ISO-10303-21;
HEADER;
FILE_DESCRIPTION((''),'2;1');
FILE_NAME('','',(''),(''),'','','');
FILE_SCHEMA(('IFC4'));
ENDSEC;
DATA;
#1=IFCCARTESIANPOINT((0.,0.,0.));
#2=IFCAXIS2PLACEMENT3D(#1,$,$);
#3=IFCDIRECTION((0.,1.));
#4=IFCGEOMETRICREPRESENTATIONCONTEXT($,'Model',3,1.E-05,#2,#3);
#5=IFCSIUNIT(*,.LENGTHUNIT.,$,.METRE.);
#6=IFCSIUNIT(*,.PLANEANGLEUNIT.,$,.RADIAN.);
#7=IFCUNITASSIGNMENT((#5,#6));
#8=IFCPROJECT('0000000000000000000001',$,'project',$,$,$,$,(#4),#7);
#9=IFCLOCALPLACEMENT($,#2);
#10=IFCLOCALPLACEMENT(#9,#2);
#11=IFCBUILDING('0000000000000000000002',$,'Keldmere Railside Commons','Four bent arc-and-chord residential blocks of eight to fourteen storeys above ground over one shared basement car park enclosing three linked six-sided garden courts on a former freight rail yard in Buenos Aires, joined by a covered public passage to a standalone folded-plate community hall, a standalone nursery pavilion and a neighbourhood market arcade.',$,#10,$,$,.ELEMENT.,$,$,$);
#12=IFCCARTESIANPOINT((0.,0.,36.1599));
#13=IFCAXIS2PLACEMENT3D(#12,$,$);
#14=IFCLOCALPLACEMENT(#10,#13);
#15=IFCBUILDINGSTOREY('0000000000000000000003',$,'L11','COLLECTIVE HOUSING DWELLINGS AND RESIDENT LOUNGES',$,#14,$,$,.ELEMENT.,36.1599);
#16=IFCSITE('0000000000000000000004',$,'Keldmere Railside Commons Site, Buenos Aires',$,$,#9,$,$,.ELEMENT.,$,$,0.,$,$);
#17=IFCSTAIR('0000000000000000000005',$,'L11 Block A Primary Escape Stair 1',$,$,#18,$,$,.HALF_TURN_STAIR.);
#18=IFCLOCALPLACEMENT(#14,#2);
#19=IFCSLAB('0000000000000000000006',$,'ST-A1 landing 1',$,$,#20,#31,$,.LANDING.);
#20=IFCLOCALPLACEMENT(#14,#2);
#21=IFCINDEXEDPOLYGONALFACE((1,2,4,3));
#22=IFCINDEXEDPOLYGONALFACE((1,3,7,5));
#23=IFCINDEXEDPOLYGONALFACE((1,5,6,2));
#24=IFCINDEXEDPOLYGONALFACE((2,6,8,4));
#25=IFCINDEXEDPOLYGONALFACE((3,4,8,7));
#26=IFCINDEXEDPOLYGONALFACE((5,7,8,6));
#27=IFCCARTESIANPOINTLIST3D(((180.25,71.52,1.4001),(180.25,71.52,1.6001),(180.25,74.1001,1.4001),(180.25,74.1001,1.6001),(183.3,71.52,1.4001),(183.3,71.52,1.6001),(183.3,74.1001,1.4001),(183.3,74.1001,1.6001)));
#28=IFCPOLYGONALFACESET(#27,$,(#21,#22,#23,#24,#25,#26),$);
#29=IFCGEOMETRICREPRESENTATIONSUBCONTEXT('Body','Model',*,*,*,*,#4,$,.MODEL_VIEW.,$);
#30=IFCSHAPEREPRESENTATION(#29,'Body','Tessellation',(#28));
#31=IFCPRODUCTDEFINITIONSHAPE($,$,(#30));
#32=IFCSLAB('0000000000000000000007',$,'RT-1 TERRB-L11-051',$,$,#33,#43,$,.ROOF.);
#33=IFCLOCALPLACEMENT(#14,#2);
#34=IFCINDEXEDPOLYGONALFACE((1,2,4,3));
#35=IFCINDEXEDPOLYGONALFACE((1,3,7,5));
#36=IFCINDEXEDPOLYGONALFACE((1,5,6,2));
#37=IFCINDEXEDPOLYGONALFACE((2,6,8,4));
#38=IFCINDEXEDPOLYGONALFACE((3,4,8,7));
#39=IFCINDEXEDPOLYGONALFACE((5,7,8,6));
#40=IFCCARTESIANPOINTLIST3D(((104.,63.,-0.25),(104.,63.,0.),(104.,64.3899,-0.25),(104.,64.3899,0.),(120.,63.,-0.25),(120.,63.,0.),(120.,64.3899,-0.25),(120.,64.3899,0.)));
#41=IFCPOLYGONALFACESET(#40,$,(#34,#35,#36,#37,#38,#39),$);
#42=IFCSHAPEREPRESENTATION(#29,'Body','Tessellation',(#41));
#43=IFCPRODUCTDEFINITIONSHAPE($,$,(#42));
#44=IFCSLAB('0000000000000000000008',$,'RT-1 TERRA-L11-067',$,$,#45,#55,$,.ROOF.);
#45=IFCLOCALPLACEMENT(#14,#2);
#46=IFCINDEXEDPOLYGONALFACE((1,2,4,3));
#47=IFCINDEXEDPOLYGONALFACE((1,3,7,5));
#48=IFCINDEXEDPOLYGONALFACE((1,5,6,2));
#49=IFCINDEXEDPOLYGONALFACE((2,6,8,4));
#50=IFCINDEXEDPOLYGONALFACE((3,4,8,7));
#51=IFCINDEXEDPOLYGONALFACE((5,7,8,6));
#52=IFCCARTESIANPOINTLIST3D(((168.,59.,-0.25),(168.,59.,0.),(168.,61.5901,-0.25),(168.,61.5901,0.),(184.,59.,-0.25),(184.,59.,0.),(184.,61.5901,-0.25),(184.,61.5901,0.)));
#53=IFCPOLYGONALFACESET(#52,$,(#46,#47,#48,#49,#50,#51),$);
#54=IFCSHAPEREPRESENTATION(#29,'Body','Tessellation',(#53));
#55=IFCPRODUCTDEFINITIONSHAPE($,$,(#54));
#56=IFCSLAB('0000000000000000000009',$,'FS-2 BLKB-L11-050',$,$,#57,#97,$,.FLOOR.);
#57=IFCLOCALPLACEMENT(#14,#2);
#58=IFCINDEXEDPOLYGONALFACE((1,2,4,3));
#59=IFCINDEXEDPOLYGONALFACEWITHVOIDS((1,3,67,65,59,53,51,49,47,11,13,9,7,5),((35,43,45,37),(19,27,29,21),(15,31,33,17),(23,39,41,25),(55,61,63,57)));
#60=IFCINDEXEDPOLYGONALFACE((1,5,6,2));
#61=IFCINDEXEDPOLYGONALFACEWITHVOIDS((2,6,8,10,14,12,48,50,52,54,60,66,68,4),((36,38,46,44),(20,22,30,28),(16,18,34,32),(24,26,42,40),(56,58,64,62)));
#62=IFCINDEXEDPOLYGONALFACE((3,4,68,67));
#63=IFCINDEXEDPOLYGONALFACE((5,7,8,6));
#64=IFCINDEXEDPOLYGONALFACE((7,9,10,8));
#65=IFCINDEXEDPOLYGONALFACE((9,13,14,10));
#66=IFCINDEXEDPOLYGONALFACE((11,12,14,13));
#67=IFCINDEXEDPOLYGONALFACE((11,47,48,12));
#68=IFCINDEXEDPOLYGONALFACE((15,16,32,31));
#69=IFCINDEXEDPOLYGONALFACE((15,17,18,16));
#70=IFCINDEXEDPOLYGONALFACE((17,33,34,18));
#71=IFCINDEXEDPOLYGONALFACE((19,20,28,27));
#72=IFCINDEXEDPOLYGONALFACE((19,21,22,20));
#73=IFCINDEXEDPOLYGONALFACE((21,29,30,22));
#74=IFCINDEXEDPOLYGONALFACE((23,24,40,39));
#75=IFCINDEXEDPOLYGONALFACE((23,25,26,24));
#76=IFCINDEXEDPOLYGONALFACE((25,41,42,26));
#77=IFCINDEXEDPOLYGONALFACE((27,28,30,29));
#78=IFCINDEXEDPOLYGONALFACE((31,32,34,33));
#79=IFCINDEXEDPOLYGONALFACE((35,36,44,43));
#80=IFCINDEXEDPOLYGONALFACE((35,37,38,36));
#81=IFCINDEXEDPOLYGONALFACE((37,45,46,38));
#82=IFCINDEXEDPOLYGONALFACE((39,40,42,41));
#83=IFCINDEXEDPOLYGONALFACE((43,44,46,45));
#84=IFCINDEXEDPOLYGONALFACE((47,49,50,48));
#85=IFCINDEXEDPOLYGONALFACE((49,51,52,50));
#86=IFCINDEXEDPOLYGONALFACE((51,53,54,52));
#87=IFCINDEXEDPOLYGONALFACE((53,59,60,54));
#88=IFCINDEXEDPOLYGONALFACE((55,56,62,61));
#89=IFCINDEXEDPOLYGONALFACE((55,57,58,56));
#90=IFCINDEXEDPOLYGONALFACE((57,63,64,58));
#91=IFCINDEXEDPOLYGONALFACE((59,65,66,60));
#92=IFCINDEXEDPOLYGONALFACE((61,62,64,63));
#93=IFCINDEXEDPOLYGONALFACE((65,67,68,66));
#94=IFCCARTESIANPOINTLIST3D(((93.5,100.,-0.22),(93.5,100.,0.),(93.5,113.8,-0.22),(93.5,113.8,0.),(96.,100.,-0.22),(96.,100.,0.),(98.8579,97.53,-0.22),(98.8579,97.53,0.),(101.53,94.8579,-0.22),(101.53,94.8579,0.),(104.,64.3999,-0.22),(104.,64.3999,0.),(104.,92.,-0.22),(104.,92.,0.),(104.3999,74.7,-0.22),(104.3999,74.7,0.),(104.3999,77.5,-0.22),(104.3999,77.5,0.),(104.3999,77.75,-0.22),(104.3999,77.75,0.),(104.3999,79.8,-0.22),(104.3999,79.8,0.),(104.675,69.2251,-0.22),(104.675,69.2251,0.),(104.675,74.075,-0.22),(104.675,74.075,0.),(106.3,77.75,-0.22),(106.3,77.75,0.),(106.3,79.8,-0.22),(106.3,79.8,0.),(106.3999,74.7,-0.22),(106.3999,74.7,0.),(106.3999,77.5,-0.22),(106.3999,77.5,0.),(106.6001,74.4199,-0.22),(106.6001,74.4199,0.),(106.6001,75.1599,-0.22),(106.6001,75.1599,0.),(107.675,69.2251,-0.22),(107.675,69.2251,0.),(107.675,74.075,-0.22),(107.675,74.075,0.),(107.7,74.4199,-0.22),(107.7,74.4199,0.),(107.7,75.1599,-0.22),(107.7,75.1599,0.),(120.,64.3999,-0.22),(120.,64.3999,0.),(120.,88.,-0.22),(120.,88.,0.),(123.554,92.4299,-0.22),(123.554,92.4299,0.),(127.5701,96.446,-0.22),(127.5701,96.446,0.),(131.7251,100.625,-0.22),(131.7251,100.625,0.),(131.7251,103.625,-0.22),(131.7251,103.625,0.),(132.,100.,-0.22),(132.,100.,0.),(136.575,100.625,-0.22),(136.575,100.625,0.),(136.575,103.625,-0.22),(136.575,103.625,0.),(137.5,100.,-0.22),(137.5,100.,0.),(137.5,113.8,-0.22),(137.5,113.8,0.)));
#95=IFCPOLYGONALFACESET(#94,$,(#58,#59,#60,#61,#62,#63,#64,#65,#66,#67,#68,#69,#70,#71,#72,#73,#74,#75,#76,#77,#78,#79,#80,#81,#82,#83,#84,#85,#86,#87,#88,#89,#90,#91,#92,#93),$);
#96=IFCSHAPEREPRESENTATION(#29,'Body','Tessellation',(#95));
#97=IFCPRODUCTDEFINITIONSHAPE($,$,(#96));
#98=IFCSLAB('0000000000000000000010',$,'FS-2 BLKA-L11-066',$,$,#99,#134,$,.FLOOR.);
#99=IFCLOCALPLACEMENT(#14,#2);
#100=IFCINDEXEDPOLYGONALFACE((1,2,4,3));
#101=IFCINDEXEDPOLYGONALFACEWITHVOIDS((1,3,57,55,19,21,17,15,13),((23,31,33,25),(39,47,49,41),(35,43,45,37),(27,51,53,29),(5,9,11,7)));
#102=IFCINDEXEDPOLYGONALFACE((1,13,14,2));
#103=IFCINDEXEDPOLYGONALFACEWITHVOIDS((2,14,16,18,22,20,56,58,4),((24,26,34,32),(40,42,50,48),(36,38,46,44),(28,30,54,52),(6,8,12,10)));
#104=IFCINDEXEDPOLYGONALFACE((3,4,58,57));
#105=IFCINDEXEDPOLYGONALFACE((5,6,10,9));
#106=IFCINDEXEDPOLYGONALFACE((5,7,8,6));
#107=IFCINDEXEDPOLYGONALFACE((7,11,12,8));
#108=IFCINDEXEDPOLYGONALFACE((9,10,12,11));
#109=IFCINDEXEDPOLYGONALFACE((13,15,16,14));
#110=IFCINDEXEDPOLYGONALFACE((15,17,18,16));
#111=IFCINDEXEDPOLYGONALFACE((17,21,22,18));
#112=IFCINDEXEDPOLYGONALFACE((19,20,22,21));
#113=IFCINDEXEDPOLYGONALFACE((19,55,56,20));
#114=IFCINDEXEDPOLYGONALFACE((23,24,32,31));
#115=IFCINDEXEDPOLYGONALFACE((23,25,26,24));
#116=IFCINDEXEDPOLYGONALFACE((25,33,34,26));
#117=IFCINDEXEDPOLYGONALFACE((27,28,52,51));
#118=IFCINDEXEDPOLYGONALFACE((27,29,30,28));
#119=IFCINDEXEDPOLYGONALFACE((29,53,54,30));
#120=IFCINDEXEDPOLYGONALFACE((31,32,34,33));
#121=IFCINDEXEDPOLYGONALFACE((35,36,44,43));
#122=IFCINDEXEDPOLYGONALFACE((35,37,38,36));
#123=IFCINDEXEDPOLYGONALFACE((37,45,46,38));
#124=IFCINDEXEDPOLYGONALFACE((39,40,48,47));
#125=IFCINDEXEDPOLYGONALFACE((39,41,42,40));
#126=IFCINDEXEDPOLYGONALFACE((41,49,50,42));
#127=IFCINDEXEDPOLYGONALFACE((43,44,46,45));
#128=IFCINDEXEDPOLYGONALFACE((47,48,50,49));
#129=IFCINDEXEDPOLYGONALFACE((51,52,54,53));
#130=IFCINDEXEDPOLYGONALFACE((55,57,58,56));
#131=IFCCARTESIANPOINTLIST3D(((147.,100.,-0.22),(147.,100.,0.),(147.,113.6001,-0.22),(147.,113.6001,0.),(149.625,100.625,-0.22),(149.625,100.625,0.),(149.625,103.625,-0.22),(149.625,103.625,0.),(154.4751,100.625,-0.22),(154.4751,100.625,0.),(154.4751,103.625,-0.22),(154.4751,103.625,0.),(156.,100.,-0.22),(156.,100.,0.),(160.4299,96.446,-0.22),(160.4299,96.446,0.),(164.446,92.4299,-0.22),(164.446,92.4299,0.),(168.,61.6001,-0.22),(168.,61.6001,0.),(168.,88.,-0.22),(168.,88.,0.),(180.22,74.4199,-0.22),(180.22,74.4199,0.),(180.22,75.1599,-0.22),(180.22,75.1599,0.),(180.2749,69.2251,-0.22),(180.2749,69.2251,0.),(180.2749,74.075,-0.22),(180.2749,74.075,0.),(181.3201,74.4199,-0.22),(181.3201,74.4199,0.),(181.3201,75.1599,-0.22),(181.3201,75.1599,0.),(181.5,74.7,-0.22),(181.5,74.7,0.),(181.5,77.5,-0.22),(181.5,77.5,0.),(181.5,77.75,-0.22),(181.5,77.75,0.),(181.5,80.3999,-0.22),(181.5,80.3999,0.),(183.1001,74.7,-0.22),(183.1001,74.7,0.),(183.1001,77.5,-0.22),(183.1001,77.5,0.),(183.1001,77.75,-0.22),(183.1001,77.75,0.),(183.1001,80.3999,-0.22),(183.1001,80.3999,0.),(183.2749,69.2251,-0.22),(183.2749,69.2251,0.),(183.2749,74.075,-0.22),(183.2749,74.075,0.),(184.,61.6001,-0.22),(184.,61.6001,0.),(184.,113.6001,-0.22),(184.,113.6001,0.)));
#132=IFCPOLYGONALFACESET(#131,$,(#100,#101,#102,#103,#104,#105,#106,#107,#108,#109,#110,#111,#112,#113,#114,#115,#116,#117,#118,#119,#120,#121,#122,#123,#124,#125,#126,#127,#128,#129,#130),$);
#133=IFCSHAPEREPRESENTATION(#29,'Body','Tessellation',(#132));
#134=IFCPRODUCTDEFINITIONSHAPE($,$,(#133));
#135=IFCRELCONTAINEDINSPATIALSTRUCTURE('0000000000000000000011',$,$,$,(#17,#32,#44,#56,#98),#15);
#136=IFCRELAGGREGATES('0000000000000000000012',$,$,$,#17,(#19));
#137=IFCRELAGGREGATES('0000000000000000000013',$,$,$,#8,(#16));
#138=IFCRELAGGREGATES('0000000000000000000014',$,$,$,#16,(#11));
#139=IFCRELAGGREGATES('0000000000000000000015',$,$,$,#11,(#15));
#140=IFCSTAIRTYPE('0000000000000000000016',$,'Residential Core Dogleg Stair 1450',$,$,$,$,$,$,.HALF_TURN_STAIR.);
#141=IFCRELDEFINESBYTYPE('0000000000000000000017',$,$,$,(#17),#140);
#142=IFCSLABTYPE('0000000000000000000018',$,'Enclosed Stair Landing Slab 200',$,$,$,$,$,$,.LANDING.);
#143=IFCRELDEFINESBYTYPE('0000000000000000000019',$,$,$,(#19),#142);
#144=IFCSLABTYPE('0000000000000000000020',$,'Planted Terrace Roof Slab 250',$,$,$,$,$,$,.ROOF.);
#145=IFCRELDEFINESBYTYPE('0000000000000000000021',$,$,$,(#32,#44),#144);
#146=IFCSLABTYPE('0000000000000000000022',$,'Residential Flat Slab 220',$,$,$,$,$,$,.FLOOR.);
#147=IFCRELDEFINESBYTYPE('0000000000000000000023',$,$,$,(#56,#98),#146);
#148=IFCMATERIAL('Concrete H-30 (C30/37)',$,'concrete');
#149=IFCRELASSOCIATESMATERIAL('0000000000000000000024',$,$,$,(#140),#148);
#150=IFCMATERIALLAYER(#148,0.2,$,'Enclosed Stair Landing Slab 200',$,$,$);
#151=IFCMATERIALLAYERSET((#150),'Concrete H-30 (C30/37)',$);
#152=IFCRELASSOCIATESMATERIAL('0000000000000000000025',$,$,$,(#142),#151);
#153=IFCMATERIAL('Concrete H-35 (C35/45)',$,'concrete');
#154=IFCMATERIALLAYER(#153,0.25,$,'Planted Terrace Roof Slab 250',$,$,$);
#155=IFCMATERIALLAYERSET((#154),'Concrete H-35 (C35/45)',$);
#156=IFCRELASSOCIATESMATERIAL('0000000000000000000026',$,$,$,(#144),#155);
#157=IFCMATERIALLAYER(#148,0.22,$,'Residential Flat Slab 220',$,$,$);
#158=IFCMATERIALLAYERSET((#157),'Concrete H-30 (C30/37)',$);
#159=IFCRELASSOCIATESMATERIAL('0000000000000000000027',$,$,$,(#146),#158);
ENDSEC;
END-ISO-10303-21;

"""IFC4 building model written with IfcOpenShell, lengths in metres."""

from ifc_helpers import new_model, si_unit, direction, frame, origin, place, context, subcontext, project, spatial, polyline, outline, extrude, material, layer, layer_set, type_object, element, aggregate, save


model = new_model("IFC4")

# Units and contexts
model_context = context("Model", 3, precision=1e-05, world=origin(), true_north=direction((0.0, 1.0)))
body_context = subcontext(model_context, "Body", "Model", "MODEL_VIEW")
ifc_project = project(units=[si_unit("LENGTHUNIT", "METRE"), si_unit("PLANEANGLEUNIT", "RADIAN")], contexts=[model_context])

# Site, building, storey
site_placement = place(None, origin())
site = spatial("IfcSite", under=ifc_project, at=site_placement, Name="Keldmere Railside Commons Site, Buenos Aires", CompositionType="ELEMENT", RefElevation=0.0)
building_placement = place(site_placement, origin())
building = spatial("IfcBuilding", under=site, at=building_placement, Name="Keldmere Railside Commons", Description="Four bent arc-and-chord residential blocks of eight to fourteen storeys above ground over one shared basement car park enclosing three linked six-sided garden courts on a former freight rail yard in Buenos Aires, joined by a covered public passage to a standalone folded-plate community hall, a standalone nursery pavilion and a neighbourhood market arcade.", CompositionType="ELEMENT")
storey_placement = place(building_placement, frame((0.0, 0.0, 36.1599)))
storey = spatial("IfcBuildingStorey", under=building, at=storey_placement, Name="L11", Description="COLLECTIVE HOUSING DWELLINGS AND RESIDENT LOUNGES", CompositionType="ELEMENT", Elevation=36.1599)

# Stair, slab
ifc_material_1 = material(Name="Concrete H-30 (C30/37)", Category="concrete")
stair_type = type_object("IfcStairType", Name="Residential Core Dogleg Stair 1450", PredefinedType="HALF_TURN_STAIR", material=ifc_material_1)
stair_placement = place(storey_placement, origin())
stair = element("IfcStair", 1, at=stair_placement, inside=storey, type_object=stair_type, Name="L11 Block A Primary Escape Stair 1", PredefinedType="HALF_TURN_STAIR")
ifc_layer_1 = layer(ifc_material_1, 0.2, Name="Enclosed Stair Landing Slab 200")
ifc_layer_set_1 = layer_set([ifc_layer_1], Name="Concrete H-30 (C30/37)")
slab_type_1 = type_object("IfcSlabType", Name="Enclosed Stair Landing Slab 200", PredefinedType="LANDING", material=ifc_layer_set_1)
slab_1_placement = place(storey_placement, frame((0.0, 0.0, 1.4001)))
slab_1 = element("IfcSlab", 2, at=slab_1_placement, type_object=slab_type_1, Name="ST-A1 landing 1", PredefinedType="LANDING", context=body_context, shape_type="SweptSolid", body=[
    extrude(outline(polyline([(183.3, 71.52), (183.3, 74.1001), (180.25, 74.1001), (180.25, 71.52), (183.3, 71.52)])), origin(), (0.0, 0.0, 1.0), 0.2),
])
aggregate(stair, [slab_1])

# Slabs
ifc_material_2 = material(Name="Concrete H-35 (C35/45)", Category="concrete")
ifc_layer_2 = layer(ifc_material_2, 0.25, Name="Planted Terrace Roof Slab 250")
ifc_layer_set_2 = layer_set([ifc_layer_2], Name="Concrete H-35 (C35/45)")
slab_type_2 = type_object("IfcSlabType", Name="Planted Terrace Roof Slab 250", PredefinedType="ROOF", material=ifc_layer_set_2)
slab_2_placement = place(storey_placement, frame((0.0, 0.0, -0.25)))
element("IfcSlab", 3, at=slab_2_placement, inside=storey, type_object=slab_type_2, Name="RT-1 TERRB-L11-051", PredefinedType="ROOF", context=body_context, shape_type="SweptSolid", body=[
    extrude(outline(polyline([(120.0, 63.0), (120.0, 64.3899), (104.0, 64.3899), (104.0, 63.0), (120.0, 63.0)])), origin(), (0.0, 0.0, 1.0), 0.25),
])
slab_3_placement = place(storey_placement, frame((0.0, 0.0, -0.25)))
element("IfcSlab", 4, at=slab_3_placement, inside=storey, type_object=slab_type_2, Name="RT-1 TERRA-L11-067", PredefinedType="ROOF", context=body_context, shape_type="SweptSolid", body=[
    extrude(outline(polyline([(184.0, 59.0), (184.0, 61.5901), (168.0, 61.5901), (168.0, 59.0), (184.0, 59.0)])), origin(), (0.0, 0.0, 1.0), 0.25),
])
ifc_layer_3 = layer(ifc_material_1, 0.22, Name="Residential Flat Slab 220")
ifc_layer_set_3 = layer_set([ifc_layer_3], Name="Concrete H-30 (C30/37)")
slab_type_3 = type_object("IfcSlabType", Name="Residential Flat Slab 220", PredefinedType="FLOOR", material=ifc_layer_set_3)
slab_4_placement = place(storey_placement, frame((0.0, 0.0, -0.22)))
element("IfcSlab", 5, at=slab_4_placement, inside=storey, type_object=slab_type_3, Name="FS-2 BLKB-L11-050", PredefinedType="FLOOR", context=body_context, shape_type="SweptSolid", body=[
    extrude(outline(polyline([(104.0, 64.3999), (120.0, 64.3999), (120.0, 88.0), (123.554, 92.4299), (127.5701, 96.446), (132.0, 100.0), (137.5, 100.0), (137.5, 113.8), (93.5, 113.8), (93.5, 100.0), (96.0, 100.0), (98.8579, 97.53), (101.53, 94.8579), (104.0, 92.0), (104.0, 64.3999)]), holes=[polyline([(107.675, 74.075), (107.675, 69.2251), (104.675, 69.2251), (104.675, 74.075), (107.675, 74.075)]), polyline([(107.7, 75.1599), (107.7, 74.4199), (106.6001, 74.4199), (106.6001, 75.1599), (107.7, 75.1599)]), polyline([(106.3999, 74.7), (104.3999, 74.7), (104.3999, 77.5), (106.3999, 77.5), (106.3999, 74.7)]), polyline([(106.3, 79.8), (106.3, 77.75), (104.3999, 77.75), (104.3999, 79.8), (106.3, 79.8)]), polyline([(131.7251, 100.625), (131.7251, 103.625), (136.575, 103.625), (136.575, 100.625), (131.7251, 100.625)])]), origin(), (0.0, 0.0, 1.0), 0.22),
])
slab_5_placement = place(storey_placement, frame((0.0, 0.0, -0.22)))
element("IfcSlab", 6, at=slab_5_placement, inside=storey, type_object=slab_type_3, Name="FS-2 BLKA-L11-066", PredefinedType="FLOOR", context=body_context, shape_type="SweptSolid", body=[
    extrude(outline(polyline([(168.0, 61.6001), (184.0, 61.6001), (184.0, 113.6001), (147.0, 113.6001), (147.0, 100.0), (156.0, 100.0), (160.4299, 96.446), (164.446, 92.4299), (168.0, 88.0), (168.0, 61.6001)]), holes=[polyline([(183.2749, 74.075), (183.2749, 69.2251), (180.2749, 69.2251), (180.2749, 74.075), (183.2749, 74.075)]), polyline([(181.3201, 74.4199), (180.22, 74.4199), (180.22, 75.1599), (181.3201, 75.1599), (181.3201, 74.4199)]), polyline([(183.1001, 77.5), (183.1001, 74.7), (181.5, 74.7), (181.5, 77.5), (183.1001, 77.5)]), polyline([(183.1001, 80.3999), (183.1001, 77.75), (181.5, 77.75), (181.5, 80.3999), (183.1001, 80.3999)]), polyline([(149.625, 100.625), (149.625, 103.625), (154.4751, 103.625), (154.4751, 100.625), (149.625, 100.625)])]), origin(), (0.0, 0.0, 1.0), 0.22),
])

save(model, "model.ifc")
